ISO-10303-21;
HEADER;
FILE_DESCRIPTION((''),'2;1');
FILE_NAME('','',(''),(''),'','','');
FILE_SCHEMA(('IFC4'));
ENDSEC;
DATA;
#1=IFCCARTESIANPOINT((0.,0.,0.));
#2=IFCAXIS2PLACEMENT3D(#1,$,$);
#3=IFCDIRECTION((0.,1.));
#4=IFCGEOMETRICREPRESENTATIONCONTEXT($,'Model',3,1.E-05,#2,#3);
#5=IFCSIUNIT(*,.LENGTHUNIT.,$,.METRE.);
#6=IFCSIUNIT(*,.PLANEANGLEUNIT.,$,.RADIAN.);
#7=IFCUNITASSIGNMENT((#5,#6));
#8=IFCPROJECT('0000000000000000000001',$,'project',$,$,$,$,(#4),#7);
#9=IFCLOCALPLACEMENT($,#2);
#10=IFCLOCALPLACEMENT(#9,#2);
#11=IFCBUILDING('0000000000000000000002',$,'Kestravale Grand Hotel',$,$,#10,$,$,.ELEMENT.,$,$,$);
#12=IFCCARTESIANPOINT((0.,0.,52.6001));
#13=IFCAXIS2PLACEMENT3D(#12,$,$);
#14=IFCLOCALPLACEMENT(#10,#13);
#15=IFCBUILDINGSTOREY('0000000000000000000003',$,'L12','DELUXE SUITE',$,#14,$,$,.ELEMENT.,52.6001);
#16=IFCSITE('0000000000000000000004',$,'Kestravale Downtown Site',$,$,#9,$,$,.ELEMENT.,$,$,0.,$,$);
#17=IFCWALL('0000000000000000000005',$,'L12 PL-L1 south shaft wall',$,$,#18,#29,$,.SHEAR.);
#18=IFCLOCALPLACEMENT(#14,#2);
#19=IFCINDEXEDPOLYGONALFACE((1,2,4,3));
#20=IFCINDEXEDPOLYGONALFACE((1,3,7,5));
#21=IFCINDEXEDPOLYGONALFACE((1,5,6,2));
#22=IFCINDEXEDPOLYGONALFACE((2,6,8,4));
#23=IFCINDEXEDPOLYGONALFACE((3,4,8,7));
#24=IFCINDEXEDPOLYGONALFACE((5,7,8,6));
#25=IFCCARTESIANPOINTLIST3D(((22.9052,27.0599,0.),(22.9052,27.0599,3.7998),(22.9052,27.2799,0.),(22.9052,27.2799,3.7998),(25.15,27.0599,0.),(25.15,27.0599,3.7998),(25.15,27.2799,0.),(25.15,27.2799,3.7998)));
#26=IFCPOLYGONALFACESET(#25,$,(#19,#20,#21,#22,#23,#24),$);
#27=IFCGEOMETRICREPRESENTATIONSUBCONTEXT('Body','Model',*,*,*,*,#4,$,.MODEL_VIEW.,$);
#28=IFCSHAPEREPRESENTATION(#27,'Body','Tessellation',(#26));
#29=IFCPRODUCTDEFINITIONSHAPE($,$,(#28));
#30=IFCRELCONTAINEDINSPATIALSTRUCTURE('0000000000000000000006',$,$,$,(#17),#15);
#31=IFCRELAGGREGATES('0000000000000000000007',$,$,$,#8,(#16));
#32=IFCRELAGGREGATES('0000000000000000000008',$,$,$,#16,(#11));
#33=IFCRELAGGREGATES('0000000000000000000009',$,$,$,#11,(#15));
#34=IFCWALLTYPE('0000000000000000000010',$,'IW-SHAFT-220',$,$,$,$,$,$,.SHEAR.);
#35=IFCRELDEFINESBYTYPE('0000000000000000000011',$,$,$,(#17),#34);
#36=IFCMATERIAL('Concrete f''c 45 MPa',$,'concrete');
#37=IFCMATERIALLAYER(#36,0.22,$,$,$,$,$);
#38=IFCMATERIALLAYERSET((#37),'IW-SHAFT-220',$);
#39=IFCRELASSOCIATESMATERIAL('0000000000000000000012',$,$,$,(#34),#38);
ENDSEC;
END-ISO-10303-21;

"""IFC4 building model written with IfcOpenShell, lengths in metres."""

from ifc_helpers import new_model, si_unit, direction, frame, frame_2d, origin, place, context, subcontext, project, spatial, rectangle, extrude, material, layer, layer_set, type_object, element, save


model = new_model("IFC4")

# Units and contexts
model_context = context("Model", 3, precision=1e-05, world=origin(), true_north=direction((0.0, 1.0)))
body_context = subcontext(model_context, "Body", "Model", "MODEL_VIEW")
ifc_project = project(units=[si_unit("LENGTHUNIT", "METRE"), si_unit("PLANEANGLEUNIT", "RADIAN")], contexts=[model_context])

# Site, building, storey
site_placement = place(None, origin())
site = spatial("IfcSite", under=ifc_project, at=site_placement, Name="Kestravale Downtown Site", CompositionType="ELEMENT", RefElevation=0.0)
building_placement = place(site_placement, origin())
building = spatial("IfcBuilding", under=site, at=building_placement, Name="Kestravale Grand Hotel", CompositionType="ELEMENT")
storey_placement = place(building_placement, frame((0.0, 0.0, 52.6001)))
storey = spatial("IfcBuildingStorey", under=building, at=storey_placement, Name="L12", Description="DELUXE SUITE", CompositionType="ELEMENT", Elevation=52.6001)

# Wall
ifc_material_1 = material(Name="Concrete f'c 45 MPa", Category="concrete")
ifc_layer_1 = layer(ifc_material_1, 0.22)
ifc_layer_set_1 = layer_set([ifc_layer_1], Name="IW-SHAFT-220")
wall_type_1 = type_object("IfcWallType", Name="IW-SHAFT-220", PredefinedType="SHEAR", material=ifc_layer_set_1)
wall_1_placement = place(storey_placement, frame((22.905, 27.1699, 0.0), z_axis=(0.0, 0.0, 1.0), x_axis=(1.0, 0.0, 0.0)))
element("IfcWall", 1, at=wall_1_placement, inside=storey, type_object=wall_type_1, Name="L12 PL-L1 south shaft wall", PredefinedType="SHEAR", context=body_context, shape_type="SweptSolid", body=[
    extrude(rectangle(XDim=2.2449, YDim=0.22, at=frame_2d((1.1226, 0.0))), origin(), (0.0, 0.0, 1.0), 3.7998),
])

save(model, "model.ifc")
